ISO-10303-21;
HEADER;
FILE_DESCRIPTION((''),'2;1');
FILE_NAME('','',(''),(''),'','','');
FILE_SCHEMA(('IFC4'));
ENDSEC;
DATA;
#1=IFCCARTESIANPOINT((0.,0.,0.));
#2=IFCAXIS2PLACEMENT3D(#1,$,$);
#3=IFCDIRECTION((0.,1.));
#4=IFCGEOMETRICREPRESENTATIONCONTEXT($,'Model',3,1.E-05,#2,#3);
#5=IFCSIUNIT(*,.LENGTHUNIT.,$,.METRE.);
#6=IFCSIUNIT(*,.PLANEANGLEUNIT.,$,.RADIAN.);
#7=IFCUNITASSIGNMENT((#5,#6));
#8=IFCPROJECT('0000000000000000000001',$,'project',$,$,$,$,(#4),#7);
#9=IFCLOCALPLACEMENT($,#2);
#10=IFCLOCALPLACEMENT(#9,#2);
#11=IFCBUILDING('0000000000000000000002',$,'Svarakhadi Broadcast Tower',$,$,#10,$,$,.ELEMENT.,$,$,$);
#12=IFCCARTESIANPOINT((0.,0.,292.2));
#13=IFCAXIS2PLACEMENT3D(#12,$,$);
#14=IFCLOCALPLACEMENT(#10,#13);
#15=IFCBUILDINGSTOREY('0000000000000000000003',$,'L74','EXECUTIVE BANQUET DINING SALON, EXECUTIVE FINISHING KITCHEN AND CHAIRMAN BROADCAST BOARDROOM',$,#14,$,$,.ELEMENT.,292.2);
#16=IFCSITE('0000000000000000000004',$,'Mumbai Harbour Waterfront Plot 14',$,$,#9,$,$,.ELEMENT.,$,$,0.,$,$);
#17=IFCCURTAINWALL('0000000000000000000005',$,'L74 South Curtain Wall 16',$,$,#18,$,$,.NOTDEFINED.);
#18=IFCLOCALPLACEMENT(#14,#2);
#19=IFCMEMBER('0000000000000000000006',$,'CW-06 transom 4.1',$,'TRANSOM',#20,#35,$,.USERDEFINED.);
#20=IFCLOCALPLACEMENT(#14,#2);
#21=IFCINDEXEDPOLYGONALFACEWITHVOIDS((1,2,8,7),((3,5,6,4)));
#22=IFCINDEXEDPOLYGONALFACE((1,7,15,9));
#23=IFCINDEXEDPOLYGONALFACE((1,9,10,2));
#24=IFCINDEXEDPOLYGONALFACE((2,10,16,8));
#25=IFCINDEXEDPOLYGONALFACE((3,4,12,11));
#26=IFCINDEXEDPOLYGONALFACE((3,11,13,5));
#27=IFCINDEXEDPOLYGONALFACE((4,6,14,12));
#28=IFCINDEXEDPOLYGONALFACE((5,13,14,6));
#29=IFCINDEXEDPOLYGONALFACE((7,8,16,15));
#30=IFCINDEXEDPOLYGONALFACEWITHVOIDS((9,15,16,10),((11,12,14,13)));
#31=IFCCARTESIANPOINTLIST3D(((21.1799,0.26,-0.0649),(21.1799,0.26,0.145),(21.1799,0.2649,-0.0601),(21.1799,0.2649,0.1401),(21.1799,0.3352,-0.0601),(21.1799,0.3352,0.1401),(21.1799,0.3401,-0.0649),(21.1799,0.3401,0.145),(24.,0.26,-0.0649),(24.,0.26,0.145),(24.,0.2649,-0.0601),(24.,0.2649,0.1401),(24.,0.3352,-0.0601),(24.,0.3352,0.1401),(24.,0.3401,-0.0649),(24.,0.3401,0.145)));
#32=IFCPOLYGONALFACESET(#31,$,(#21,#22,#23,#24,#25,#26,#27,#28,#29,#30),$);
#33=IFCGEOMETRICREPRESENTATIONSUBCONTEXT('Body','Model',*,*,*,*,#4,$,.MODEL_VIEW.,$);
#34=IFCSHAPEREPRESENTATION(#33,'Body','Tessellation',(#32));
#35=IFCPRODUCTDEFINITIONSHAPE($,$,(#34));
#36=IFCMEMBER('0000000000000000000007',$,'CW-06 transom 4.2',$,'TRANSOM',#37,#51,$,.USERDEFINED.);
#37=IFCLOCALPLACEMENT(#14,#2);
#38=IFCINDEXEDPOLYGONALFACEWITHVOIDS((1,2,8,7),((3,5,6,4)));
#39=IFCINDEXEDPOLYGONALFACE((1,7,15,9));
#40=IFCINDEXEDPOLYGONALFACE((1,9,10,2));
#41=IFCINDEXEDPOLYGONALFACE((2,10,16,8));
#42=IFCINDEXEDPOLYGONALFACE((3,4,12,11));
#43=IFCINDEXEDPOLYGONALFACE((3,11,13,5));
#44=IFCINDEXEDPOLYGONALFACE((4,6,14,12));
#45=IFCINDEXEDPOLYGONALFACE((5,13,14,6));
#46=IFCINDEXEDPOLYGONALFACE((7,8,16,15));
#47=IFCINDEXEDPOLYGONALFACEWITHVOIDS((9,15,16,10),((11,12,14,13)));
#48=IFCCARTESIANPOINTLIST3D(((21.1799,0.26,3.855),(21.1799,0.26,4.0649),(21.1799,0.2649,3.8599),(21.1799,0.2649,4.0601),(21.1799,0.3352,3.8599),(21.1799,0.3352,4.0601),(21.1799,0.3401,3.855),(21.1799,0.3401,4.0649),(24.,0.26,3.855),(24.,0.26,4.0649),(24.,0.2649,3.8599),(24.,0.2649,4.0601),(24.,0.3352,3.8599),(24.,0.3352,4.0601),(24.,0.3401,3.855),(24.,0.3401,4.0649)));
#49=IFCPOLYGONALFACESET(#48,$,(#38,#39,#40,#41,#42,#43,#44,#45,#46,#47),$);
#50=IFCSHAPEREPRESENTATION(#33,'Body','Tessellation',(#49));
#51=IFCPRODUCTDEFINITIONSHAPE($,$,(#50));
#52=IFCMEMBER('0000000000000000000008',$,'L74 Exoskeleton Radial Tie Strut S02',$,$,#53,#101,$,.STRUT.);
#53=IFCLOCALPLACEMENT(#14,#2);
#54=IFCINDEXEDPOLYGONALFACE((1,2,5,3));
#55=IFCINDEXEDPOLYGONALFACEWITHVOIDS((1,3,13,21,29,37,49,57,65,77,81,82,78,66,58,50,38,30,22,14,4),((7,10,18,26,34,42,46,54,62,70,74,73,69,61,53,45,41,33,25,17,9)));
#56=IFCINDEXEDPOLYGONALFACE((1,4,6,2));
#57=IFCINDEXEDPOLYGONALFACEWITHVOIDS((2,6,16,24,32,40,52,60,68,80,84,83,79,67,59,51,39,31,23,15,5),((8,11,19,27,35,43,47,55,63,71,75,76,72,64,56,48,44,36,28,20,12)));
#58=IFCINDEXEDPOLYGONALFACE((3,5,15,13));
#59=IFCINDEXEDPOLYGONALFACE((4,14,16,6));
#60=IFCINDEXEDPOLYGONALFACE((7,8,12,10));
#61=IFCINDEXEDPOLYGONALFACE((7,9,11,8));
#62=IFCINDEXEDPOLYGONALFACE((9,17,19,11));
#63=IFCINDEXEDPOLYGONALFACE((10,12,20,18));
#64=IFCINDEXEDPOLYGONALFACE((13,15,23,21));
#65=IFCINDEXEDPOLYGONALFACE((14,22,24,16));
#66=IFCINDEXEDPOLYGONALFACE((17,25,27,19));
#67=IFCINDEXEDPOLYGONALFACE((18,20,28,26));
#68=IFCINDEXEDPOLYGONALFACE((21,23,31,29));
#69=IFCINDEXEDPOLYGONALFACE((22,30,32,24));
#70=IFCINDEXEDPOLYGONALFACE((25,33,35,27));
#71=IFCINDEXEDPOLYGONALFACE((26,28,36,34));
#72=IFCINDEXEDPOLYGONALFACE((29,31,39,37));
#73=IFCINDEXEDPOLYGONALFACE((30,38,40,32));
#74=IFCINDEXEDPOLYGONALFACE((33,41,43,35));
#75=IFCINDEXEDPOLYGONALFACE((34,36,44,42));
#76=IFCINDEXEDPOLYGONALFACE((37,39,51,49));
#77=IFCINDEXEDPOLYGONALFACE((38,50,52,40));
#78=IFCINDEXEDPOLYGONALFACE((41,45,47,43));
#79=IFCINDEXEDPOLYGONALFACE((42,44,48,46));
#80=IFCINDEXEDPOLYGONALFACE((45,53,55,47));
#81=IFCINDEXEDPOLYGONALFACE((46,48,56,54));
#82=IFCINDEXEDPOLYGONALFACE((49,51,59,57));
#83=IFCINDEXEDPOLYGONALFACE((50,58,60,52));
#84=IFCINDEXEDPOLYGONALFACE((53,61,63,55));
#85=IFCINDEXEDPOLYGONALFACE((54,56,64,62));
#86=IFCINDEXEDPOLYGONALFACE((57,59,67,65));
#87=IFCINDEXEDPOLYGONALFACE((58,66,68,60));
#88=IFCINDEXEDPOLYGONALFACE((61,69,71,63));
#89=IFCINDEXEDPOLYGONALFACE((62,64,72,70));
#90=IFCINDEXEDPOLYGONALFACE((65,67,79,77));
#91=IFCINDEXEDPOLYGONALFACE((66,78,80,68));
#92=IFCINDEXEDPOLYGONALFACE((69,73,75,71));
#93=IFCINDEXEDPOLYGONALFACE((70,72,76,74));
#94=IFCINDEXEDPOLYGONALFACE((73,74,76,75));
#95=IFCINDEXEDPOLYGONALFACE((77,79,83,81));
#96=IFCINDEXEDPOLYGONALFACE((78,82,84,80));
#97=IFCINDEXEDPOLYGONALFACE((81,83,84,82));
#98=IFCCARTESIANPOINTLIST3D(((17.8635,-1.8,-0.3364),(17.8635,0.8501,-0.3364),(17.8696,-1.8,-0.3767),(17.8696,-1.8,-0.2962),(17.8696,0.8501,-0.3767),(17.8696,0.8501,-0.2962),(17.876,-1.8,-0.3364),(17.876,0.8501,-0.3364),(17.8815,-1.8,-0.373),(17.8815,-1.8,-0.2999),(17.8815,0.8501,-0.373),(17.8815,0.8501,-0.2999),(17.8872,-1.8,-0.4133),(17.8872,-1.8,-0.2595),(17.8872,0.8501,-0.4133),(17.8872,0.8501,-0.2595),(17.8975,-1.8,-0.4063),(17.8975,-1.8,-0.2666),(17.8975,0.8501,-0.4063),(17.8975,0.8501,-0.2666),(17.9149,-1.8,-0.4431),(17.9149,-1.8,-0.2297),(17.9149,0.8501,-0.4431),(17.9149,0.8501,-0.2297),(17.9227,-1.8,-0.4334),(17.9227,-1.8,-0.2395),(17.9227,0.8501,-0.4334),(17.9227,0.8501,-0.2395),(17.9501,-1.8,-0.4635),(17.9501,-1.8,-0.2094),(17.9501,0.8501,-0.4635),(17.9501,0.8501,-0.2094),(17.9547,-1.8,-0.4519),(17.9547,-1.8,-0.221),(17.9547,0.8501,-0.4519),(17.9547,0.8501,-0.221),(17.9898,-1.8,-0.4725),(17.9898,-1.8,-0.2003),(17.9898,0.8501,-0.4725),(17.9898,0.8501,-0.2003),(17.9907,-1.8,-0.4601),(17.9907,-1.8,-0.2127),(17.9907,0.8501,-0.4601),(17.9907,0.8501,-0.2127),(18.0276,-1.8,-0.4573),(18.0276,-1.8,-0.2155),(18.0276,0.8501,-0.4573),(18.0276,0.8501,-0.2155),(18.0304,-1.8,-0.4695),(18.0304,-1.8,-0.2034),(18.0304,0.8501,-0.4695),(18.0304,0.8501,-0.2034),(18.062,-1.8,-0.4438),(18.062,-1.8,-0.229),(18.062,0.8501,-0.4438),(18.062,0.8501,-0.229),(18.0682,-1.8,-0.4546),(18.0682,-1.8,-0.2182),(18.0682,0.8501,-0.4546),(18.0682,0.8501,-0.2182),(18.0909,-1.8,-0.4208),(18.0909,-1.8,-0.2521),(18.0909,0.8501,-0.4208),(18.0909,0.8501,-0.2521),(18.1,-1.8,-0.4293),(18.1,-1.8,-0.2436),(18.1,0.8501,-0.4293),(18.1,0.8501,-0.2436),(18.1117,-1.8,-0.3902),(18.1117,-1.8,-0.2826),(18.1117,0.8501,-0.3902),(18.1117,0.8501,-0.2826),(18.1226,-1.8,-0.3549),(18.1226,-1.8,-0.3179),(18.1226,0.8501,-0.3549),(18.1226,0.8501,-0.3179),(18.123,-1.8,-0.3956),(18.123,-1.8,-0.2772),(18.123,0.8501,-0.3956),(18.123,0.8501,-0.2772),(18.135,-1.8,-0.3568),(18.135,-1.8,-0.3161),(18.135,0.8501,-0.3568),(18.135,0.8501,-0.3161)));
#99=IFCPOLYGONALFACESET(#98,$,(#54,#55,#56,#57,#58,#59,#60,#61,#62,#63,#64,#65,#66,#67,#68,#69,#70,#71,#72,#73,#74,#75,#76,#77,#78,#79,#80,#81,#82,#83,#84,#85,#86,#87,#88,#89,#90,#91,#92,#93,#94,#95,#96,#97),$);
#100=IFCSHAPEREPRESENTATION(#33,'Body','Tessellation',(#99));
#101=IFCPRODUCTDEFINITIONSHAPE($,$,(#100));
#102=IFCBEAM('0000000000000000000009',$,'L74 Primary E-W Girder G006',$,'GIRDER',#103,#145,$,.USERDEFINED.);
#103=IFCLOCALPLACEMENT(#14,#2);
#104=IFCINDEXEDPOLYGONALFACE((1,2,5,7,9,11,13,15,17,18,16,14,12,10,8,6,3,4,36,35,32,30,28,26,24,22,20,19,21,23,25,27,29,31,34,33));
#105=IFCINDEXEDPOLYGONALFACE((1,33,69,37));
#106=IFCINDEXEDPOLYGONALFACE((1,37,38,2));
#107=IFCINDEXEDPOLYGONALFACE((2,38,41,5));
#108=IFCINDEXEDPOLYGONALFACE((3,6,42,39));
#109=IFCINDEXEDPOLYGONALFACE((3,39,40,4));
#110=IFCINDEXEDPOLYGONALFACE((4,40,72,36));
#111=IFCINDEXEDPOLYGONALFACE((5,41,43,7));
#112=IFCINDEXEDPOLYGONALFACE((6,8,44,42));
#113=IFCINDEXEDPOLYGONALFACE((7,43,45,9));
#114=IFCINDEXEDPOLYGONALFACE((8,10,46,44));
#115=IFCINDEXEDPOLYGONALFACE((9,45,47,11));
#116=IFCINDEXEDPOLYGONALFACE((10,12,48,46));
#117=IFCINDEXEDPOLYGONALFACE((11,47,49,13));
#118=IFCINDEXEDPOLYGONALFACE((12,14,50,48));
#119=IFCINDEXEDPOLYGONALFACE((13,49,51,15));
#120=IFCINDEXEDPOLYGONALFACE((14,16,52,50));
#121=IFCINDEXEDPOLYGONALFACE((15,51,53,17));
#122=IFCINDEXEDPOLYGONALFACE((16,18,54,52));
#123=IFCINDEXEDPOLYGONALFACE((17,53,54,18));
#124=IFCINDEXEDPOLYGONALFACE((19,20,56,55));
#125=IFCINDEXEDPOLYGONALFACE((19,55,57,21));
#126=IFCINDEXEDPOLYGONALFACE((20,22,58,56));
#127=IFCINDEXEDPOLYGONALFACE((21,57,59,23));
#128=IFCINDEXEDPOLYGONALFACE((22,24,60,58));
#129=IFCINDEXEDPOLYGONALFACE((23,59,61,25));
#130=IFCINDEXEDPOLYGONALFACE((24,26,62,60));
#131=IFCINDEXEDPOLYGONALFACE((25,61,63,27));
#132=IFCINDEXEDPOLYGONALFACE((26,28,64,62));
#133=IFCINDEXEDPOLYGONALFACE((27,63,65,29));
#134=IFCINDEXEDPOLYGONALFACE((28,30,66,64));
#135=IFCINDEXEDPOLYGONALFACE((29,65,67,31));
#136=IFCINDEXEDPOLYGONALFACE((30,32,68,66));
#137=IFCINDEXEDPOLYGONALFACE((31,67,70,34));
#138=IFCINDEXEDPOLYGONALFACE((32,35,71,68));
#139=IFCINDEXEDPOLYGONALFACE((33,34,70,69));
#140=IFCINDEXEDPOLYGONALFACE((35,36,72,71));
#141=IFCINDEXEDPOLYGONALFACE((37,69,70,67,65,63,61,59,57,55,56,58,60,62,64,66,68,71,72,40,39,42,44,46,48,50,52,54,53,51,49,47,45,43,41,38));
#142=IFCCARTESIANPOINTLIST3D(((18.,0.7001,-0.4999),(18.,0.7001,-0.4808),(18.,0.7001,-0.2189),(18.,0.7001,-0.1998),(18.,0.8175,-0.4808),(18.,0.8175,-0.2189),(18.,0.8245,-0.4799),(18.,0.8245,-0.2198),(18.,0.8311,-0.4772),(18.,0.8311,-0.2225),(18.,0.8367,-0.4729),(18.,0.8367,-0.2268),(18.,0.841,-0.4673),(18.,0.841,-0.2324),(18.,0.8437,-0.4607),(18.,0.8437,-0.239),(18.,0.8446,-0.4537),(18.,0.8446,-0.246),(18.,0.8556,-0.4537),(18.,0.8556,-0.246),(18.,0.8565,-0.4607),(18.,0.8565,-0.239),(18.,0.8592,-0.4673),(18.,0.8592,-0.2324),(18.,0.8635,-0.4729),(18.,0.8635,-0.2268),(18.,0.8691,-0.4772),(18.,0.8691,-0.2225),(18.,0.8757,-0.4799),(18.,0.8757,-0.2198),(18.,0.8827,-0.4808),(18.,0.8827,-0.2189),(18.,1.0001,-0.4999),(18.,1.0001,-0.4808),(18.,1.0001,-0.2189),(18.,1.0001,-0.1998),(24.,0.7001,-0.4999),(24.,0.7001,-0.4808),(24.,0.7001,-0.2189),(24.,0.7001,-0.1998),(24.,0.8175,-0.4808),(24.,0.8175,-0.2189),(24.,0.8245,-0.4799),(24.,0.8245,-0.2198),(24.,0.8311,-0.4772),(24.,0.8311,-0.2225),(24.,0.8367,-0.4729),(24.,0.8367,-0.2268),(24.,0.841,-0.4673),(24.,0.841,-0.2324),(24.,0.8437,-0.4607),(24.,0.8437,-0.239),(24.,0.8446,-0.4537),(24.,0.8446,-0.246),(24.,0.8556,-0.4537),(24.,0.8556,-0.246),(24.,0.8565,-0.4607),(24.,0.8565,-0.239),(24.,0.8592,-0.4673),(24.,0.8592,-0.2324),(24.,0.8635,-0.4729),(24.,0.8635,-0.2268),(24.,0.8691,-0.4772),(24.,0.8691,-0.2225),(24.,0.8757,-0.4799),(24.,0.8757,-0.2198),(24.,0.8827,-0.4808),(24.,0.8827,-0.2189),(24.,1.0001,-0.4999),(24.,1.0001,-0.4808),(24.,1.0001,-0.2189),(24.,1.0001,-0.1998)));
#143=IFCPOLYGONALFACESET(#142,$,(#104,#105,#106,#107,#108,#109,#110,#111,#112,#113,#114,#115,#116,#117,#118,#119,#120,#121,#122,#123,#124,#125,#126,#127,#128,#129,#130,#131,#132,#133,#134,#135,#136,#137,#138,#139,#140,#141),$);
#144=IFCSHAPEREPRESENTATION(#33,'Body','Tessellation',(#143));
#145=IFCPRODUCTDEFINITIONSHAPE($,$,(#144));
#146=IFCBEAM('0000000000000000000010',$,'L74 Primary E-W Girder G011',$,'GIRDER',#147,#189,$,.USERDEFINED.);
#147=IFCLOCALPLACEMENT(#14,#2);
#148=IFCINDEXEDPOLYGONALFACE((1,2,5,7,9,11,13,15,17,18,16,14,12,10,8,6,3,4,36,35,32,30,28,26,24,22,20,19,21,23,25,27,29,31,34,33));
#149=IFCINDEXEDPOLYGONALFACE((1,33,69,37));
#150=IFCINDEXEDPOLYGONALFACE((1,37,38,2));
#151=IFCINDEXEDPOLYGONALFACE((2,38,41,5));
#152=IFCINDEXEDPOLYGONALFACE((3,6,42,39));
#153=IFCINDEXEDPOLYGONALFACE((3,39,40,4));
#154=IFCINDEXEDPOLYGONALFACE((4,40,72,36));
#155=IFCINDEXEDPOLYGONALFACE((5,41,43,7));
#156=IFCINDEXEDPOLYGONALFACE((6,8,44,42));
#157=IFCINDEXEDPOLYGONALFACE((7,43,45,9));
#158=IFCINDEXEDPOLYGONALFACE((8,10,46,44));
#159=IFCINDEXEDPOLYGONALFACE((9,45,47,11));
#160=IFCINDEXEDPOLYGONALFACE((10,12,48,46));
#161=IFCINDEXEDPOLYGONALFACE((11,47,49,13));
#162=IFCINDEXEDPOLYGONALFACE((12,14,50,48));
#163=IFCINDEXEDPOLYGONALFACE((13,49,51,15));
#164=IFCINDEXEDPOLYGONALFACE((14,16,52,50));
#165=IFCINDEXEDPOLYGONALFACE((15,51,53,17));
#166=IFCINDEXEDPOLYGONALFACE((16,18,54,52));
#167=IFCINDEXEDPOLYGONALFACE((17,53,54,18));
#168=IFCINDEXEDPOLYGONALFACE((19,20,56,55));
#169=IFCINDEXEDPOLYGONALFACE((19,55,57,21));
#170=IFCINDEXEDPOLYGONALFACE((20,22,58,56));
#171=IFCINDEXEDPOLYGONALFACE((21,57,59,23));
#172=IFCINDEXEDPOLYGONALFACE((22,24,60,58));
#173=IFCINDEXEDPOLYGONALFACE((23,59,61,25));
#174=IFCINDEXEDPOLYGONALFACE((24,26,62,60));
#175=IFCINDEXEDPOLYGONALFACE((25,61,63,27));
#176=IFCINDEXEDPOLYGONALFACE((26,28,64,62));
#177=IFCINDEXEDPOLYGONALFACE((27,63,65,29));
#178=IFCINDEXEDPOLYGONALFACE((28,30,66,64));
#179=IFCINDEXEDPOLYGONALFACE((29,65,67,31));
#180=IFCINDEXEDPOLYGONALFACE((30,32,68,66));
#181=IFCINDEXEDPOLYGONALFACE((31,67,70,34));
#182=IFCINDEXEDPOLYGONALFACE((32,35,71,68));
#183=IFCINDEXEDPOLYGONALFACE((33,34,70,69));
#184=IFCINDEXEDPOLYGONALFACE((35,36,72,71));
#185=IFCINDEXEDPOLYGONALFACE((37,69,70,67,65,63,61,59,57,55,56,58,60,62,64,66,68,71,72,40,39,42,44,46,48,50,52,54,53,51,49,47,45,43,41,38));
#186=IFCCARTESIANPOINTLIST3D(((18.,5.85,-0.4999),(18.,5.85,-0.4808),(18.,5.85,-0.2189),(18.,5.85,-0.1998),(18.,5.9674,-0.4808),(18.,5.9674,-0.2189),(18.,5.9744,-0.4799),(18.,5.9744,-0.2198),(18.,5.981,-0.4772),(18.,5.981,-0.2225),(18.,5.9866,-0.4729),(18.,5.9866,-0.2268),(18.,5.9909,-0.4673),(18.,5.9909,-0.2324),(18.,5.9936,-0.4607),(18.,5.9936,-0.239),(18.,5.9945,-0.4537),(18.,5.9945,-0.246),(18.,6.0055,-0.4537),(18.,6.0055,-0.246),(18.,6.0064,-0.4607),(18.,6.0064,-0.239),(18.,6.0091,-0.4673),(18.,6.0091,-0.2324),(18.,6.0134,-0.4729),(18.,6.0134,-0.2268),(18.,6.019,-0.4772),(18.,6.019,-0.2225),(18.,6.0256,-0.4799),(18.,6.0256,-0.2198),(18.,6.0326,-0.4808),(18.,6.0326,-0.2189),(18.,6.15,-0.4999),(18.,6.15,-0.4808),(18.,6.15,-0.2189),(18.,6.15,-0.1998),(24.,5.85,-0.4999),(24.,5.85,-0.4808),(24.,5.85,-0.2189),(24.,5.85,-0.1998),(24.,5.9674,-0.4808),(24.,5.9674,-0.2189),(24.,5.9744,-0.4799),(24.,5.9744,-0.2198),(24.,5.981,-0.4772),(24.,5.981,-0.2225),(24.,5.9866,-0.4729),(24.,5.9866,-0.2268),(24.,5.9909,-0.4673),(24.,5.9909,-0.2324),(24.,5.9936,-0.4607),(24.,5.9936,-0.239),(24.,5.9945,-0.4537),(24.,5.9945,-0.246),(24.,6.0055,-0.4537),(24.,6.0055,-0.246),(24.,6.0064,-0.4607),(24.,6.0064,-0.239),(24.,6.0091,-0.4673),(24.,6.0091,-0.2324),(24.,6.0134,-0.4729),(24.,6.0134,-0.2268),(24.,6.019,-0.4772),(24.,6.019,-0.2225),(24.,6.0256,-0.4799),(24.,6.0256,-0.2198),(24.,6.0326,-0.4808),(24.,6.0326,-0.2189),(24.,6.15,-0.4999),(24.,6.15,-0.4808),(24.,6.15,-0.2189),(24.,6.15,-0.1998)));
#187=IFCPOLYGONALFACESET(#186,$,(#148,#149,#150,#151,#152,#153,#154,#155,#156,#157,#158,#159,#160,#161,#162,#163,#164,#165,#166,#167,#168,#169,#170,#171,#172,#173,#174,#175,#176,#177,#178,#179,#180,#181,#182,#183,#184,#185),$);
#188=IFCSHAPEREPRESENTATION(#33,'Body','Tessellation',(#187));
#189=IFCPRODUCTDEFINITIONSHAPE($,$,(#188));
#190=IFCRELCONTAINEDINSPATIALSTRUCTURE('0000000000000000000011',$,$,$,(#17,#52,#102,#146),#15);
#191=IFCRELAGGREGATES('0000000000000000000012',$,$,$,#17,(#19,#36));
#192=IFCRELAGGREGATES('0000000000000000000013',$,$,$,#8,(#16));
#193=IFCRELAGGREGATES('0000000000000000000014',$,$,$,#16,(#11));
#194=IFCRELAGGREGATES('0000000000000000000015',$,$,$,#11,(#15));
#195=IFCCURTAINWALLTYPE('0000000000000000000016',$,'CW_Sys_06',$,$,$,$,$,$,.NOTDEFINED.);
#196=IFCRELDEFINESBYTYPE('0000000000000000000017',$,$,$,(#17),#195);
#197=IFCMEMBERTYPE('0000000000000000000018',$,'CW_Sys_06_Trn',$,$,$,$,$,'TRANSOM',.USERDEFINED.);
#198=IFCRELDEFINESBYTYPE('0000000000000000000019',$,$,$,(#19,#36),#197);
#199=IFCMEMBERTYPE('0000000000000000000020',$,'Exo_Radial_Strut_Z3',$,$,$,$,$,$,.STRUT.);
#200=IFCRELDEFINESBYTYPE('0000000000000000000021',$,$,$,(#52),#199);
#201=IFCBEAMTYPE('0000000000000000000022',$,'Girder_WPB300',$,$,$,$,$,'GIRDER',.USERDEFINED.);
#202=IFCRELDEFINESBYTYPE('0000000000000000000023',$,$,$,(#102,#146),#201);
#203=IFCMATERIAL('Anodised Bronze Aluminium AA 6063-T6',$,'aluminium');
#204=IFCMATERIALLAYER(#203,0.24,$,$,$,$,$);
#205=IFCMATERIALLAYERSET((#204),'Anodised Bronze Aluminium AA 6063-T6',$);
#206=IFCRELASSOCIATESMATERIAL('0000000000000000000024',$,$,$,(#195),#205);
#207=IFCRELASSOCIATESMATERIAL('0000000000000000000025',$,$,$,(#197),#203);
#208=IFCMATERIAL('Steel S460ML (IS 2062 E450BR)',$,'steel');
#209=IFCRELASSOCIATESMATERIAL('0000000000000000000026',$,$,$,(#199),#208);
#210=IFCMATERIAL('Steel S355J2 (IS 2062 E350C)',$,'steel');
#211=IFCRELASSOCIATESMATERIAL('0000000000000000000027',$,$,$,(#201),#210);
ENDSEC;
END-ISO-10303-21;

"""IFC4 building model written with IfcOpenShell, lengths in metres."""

from ifc_helpers import new_model, si_unit, direction, frame, origin, origin_2d, place, context, subcontext, project, spatial, hollow_rectangle, hollow_circle, i_section, extrude, material, layer, layer_set, material_profile, profile_set, type_object, element, aggregate, save


model = new_model("IFC4")

# Units and contexts
model_context = context("Model", 3, precision=1e-05, world=origin(), true_north=direction((0.0, 1.0)))
body_context = subcontext(model_context, "Body", "Model", "MODEL_VIEW")
ifc_project = project(units=[si_unit("LENGTHUNIT", "METRE"), si_unit("PLANEANGLEUNIT", "RADIAN")], contexts=[model_context])

# Site, building, storey
site_placement = place(None, origin())
site = spatial("IfcSite", under=ifc_project, at=site_placement, Name="Mumbai Harbour Waterfront Plot 14", CompositionType="ELEMENT", RefElevation=0.0)
building_placement = place(site_placement, origin())
building = spatial("IfcBuilding", under=site, at=building_placement, Name="Svarakhadi Broadcast Tower", CompositionType="ELEMENT")
storey_placement = place(building_placement, frame((0.0, 0.0, 292.2)))
storey = spatial("IfcBuildingStorey", under=building, at=storey_placement, Name="L74", Description="EXECUTIVE BANQUET DINING SALON, EXECUTIVE FINISHING KITCHEN AND CHAIRMAN BROADCAST BOARDROOM", CompositionType="ELEMENT", Elevation=292.2)

# Shared definitions
ifc_material_1 = material(Name="Steel S460ML (IS 2062 E450BR)", Category="steel")

# Shared definitions
ifc_material_2 = material(Name="Steel S355J2 (IS 2062 E350C)", Category="steel")

# Curtain wall, members
ifc_material_3 = material(Name="Anodised Bronze Aluminium AA 6063-T6", Category="aluminium")
ifc_layer_1 = layer(ifc_material_3, 0.24)
ifc_layer_set_1 = layer_set([ifc_layer_1], Name="Anodised Bronze Aluminium AA 6063-T6")
curtain_wall_type = type_object("IfcCurtainWallType", Name="CW_Sys_06", PredefinedType="NOTDEFINED", material=ifc_layer_set_1)
curtain_wall_placement = place(storey_placement, origin())
curtain_wall = element("IfcCurtainWall", 1, at=curtain_wall_placement, inside=storey, type_object=curtain_wall_type, Name="L74 South Curtain Wall 16", PredefinedType="NOTDEFINED")
ifc_material_profile_1 = material_profile(ifc_material_3, hollow_rectangle(XDim=0.0801, YDim=0.21, WallThickness=0.0049, at=origin_2d()), Name="ALU TRANSOM 210x80x5")
ifc_profile_set_1 = profile_set([ifc_material_profile_1], Name="Anodised Bronze Aluminium AA 6063-T6")
member_type_1 = type_object("IfcMemberType", Name="CW_Sys_06_Trn", ElementType="TRANSOM", PredefinedType="USERDEFINED", material=ifc_profile_set_1)
member_1_placement = place(storey_placement, frame((24.0, 0.3, 0.04), z_axis=(-1.0, 0.0, 0.0), x_axis=(0.0, -1.0, 0.0)))
member_1 = element("IfcMember", 2, at=member_1_placement, type_object=member_type_1, Name="CW-06 transom 4.1", ObjectType="TRANSOM", PredefinedType="USERDEFINED", context=body_context, shape_type="SweptSolid", body=[
    extrude(hollow_rectangle(XDim=0.0801, YDim=0.21, WallThickness=0.0049, at=origin_2d()), origin(), (0.0, 0.0, 1.0), 2.8201),
])
member_2_placement = place(storey_placement, frame((24.0, 0.3, 3.96), z_axis=(-1.0, 0.0, 0.0), x_axis=(0.0, -1.0, 0.0)))
member_2 = element("IfcMember", 3, at=member_2_placement, type_object=member_type_1, Name="CW-06 transom 4.2", ObjectType="TRANSOM", PredefinedType="USERDEFINED", context=body_context, shape_type="SweptSolid", body=[
    extrude(hollow_rectangle(XDim=0.0801, YDim=0.21, WallThickness=0.0049, at=origin_2d()), origin(), (0.0, 0.0, 1.0), 2.8201),
])

# Member
ifc_material_profile_2 = material_profile(ifc_material_1, hollow_circle(Radius=0.1365, WallThickness=0.0125, at=origin_2d()), Name="CHS 273x12.5")
ifc_profile_set_2 = profile_set([ifc_material_profile_2], Name="Steel S460ML (IS 2062 E450BR)")
member_type_2 = type_object("IfcMemberType", Name="Exo_Radial_Strut_Z3", PredefinedType="STRUT", material=ifc_profile_set_2)
member_3_placement = place(storey_placement, frame((18.0, -1.8, -0.3364), z_axis=(0.0, 1.0, 0.0), x_axis=(-1.0, 0.0, 0.0)))
element("IfcMember", 4, at=member_3_placement, inside=storey, type_object=member_type_2, Name="L74 Exoskeleton Radial Tie Strut S02", PredefinedType="STRUT", context=body_context, shape_type="SweptSolid", body=[
    extrude(hollow_circle(Radius=0.1365, WallThickness=0.0125, at=origin_2d()), origin(), (0.0, 0.0, 1.0), 2.6501),
])

# Beams
ifc_material_profile_3 = material_profile(ifc_material_2, i_section(OverallWidth=0.3, OverallDepth=0.3, WebThickness=0.011, FlangeThickness=0.019, FilletRadius=0.0271, at=origin_2d()), Name="WPB 300x300x117")
ifc_profile_set_3 = profile_set([ifc_material_profile_3], Name="Steel S355J2 (IS 2062 E350C)")
beam_type_1 = type_object("IfcBeamType", Name="Girder_WPB300", ElementType="GIRDER", PredefinedType="USERDEFINED", material=ifc_profile_set_3)
for number, where, z_axis, x_axis, name in (
    (5, (18.0, 0.8501, -0.3499), (1.0, 0.0, 0.0), (0.0, 1.0, 0.0), "L74 Primary E-W Girder G006"),
    (6, (18.0, 6.0, -0.3499), (1.0, 0.0, 0.0), (0.0, 1.0, 0.0), "L74 Primary E-W Girder G011"),
):
    element("IfcBeam", number, at=place(storey_placement, frame(where, z_axis=z_axis, x_axis=x_axis)), inside=storey, type_object=beam_type_1, Name=name, ObjectType="GIRDER", PredefinedType="USERDEFINED", context=body_context, shape_type="SweptSolid", body=[
        extrude(i_section(OverallWidth=0.3, OverallDepth=0.3, WebThickness=0.011, FlangeThickness=0.019, FilletRadius=0.0271, at=origin_2d()), origin(), (0.0, 0.0, 1.0), 6.0),
    ])

aggregate(curtain_wall, [member_1, member_2])

save(model, "model.ifc")
